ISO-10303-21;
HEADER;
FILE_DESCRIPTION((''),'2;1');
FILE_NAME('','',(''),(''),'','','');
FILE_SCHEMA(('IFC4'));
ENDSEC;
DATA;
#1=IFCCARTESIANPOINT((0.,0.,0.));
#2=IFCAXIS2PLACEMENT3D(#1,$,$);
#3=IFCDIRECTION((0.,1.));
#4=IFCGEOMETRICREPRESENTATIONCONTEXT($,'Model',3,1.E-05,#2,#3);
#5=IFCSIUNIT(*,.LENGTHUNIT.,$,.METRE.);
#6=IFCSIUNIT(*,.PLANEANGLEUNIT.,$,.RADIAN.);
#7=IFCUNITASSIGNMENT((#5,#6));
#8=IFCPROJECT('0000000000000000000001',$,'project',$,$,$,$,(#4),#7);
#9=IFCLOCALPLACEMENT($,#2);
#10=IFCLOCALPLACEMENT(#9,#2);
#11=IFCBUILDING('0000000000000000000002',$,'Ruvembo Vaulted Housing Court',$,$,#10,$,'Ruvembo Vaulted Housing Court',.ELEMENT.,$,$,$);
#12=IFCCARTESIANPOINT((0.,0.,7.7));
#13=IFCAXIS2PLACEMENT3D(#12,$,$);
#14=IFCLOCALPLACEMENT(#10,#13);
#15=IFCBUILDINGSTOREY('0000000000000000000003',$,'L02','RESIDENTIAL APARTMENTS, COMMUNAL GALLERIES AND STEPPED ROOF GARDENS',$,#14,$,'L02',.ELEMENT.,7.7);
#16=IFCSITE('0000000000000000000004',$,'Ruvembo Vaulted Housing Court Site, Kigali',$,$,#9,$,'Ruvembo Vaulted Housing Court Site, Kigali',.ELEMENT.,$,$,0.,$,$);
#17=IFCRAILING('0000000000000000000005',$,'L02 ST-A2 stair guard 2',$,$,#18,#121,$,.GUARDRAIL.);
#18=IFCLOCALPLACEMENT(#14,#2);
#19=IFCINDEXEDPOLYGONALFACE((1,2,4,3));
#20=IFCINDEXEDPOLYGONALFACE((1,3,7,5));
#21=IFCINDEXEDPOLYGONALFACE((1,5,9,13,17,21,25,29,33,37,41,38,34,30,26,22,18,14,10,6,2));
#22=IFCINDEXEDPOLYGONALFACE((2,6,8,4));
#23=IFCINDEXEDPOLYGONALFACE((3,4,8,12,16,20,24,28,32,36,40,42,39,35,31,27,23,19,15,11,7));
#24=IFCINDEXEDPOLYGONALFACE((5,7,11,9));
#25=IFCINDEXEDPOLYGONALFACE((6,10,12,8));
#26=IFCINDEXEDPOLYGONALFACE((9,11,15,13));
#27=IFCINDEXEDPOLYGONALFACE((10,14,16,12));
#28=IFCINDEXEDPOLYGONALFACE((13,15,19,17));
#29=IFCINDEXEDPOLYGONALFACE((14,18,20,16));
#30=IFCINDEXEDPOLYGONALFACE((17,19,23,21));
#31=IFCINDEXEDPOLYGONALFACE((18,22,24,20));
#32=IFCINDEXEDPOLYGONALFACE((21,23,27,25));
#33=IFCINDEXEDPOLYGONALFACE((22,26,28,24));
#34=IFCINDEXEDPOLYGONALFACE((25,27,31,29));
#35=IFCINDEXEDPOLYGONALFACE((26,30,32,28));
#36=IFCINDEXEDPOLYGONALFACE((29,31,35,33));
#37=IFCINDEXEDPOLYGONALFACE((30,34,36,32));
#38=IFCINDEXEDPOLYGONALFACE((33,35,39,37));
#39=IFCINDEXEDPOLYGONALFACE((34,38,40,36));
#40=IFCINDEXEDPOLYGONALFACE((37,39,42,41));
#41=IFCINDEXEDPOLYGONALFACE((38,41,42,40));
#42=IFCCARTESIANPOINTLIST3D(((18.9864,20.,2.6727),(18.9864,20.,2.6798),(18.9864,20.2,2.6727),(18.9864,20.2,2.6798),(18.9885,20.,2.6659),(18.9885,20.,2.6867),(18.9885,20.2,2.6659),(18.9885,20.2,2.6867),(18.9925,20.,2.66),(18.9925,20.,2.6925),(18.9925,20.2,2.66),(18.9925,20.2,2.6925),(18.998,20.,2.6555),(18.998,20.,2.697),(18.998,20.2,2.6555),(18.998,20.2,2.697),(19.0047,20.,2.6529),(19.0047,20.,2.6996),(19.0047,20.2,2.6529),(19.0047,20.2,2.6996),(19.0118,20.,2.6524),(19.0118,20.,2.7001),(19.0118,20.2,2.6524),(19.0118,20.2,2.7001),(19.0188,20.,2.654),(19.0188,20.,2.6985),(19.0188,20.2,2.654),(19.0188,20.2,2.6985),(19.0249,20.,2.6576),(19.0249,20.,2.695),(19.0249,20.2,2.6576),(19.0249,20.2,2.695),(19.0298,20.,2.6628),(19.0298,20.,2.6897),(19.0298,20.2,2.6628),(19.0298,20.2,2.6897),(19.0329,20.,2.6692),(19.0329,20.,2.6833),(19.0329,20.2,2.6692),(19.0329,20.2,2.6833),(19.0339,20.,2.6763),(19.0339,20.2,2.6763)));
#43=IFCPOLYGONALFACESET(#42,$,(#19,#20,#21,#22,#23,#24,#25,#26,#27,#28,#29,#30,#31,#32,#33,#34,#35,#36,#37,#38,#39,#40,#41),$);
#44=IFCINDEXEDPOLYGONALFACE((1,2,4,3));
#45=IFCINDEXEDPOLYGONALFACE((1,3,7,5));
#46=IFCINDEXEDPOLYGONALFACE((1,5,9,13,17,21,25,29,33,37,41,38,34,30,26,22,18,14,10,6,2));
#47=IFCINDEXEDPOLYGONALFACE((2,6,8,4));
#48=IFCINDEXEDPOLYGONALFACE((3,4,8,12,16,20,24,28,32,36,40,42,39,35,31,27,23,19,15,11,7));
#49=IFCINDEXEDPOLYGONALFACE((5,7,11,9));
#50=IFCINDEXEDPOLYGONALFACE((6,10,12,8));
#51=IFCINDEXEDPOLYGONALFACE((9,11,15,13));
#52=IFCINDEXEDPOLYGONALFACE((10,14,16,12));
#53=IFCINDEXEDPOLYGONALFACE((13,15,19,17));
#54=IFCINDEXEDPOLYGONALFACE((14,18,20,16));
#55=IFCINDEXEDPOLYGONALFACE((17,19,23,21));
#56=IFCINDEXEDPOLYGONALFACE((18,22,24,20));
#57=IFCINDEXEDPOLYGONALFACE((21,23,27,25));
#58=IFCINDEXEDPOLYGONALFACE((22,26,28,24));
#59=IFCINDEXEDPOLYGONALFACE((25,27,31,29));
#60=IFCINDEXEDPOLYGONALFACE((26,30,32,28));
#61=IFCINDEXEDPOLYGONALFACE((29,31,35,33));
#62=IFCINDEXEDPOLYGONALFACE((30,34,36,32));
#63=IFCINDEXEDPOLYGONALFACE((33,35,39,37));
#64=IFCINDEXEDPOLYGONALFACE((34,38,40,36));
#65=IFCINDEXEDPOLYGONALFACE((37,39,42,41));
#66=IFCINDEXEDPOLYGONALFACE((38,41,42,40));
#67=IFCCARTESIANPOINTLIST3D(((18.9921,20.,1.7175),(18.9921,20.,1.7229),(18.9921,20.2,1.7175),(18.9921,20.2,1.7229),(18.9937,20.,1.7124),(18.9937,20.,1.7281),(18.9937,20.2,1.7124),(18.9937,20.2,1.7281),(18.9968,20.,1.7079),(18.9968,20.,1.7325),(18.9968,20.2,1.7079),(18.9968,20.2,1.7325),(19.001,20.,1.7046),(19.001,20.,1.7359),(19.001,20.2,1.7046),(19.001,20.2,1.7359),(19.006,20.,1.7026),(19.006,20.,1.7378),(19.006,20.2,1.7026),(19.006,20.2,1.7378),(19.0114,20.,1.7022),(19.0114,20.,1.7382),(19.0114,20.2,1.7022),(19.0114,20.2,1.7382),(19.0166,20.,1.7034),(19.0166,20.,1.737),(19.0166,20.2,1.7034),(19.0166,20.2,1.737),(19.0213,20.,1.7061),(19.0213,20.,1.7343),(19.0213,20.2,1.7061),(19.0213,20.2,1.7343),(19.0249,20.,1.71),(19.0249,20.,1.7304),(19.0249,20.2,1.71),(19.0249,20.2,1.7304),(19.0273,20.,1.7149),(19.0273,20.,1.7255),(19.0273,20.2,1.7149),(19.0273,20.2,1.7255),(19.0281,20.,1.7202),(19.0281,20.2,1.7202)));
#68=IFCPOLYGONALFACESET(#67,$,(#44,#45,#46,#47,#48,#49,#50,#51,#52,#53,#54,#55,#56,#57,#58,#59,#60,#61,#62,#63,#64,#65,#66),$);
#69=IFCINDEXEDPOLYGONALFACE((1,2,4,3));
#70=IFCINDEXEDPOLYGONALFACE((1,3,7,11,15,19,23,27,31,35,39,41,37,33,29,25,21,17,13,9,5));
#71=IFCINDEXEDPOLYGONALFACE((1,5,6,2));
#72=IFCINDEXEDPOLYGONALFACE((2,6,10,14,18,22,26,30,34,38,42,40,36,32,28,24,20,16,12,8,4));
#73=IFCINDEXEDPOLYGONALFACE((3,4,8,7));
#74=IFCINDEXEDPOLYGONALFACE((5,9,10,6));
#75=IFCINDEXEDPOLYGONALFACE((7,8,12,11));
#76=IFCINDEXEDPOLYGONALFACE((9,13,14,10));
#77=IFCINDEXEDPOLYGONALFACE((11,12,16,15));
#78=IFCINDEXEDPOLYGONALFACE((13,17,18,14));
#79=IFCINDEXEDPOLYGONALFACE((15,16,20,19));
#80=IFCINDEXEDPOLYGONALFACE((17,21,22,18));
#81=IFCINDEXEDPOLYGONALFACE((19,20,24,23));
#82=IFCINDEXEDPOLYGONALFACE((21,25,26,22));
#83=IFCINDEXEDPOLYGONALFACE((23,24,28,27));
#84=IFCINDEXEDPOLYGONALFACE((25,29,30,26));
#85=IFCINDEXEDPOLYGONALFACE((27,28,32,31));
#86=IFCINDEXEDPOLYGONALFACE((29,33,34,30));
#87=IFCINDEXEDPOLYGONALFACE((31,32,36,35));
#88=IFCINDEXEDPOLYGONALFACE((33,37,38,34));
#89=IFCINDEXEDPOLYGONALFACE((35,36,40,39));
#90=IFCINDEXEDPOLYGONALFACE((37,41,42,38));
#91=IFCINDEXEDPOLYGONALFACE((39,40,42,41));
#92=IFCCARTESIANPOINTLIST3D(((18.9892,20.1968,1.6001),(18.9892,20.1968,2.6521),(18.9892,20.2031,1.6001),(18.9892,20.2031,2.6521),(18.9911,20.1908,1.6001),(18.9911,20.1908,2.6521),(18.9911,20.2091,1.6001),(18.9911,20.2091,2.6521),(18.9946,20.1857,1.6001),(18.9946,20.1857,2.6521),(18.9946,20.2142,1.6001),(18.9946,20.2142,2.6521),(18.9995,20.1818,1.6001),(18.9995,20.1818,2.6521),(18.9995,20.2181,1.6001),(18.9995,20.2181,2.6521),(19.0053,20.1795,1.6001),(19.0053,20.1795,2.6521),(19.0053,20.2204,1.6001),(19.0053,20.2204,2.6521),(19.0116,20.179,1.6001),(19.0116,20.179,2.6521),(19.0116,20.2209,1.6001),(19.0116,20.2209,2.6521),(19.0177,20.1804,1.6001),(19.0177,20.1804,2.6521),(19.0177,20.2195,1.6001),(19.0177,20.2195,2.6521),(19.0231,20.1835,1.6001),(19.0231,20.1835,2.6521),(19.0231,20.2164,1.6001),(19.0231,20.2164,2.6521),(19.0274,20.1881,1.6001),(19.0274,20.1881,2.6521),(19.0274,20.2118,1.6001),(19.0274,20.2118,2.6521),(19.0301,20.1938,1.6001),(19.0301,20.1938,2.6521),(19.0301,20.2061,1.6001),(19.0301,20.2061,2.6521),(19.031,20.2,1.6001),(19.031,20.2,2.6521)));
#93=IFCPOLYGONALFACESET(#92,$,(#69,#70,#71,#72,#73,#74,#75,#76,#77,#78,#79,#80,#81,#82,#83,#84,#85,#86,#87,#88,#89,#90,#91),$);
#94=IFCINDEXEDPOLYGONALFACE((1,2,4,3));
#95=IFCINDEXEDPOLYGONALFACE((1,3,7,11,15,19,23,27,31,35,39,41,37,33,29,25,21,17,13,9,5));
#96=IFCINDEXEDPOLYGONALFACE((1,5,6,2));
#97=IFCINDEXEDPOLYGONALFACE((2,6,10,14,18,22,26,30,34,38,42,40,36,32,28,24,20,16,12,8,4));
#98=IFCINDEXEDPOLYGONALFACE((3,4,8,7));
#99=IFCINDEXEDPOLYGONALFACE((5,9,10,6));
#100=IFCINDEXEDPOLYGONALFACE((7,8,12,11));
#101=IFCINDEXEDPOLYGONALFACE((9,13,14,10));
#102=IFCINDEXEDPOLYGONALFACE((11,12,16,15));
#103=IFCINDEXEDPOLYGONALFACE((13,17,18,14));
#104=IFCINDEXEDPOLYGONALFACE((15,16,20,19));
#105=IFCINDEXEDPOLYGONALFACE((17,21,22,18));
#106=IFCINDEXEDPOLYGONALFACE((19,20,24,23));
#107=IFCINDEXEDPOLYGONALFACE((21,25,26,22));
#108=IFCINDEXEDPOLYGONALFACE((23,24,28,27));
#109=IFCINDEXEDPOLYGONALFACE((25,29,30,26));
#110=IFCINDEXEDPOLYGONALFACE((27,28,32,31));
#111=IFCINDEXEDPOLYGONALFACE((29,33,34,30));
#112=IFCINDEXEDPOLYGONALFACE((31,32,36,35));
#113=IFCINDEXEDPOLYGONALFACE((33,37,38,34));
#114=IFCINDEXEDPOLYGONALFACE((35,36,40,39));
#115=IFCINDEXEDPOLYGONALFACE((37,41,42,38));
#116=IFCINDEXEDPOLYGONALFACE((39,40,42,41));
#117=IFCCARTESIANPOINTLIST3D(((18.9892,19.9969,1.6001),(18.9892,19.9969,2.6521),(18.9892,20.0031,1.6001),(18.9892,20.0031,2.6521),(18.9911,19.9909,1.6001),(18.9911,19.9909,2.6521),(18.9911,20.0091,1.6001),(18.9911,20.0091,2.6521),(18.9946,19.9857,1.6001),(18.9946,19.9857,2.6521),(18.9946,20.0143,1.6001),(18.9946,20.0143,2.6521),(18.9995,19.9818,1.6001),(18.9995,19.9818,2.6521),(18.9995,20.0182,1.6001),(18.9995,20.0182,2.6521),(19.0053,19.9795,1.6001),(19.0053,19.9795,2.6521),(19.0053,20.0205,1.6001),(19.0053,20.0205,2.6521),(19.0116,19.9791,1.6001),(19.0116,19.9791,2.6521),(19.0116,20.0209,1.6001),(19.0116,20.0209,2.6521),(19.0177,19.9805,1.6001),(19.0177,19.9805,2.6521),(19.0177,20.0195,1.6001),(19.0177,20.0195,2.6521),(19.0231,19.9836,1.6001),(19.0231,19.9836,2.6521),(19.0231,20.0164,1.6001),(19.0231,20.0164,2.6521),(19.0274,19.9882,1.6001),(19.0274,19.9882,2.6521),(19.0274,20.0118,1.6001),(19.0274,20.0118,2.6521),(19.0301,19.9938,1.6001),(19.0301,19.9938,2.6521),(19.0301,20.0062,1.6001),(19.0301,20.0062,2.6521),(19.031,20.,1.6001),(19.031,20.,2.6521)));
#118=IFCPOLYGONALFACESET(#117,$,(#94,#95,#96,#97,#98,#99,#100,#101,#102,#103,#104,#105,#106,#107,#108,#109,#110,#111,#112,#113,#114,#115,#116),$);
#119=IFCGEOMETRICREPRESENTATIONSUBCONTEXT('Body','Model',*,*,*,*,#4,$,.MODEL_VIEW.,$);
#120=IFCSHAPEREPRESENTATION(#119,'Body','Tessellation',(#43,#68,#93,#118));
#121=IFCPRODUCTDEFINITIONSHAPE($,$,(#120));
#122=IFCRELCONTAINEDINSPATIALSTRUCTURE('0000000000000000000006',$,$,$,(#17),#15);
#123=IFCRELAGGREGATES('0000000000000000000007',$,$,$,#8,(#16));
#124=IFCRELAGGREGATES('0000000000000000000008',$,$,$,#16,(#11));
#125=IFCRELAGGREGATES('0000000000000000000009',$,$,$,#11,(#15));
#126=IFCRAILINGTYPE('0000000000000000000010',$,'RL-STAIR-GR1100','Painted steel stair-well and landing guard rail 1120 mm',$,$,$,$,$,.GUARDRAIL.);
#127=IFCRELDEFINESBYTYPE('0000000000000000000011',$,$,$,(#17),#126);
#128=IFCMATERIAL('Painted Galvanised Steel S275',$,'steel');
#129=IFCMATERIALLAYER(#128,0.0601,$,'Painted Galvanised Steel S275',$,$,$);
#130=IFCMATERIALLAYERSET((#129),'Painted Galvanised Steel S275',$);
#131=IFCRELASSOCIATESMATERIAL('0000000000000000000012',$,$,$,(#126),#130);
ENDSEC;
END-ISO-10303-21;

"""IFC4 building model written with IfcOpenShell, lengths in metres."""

from ifc_helpers import new_model, si_unit, direction, frame, origin, origin_2d, place, context, subcontext, project, spatial, circle, extrude, material, layer, layer_set, type_object, element, save


model = new_model("IFC4")

# Units and contexts
model_context = context("Model", 3, precision=1e-05, world=origin(), true_north=direction((0.0, 1.0)))
body_context = subcontext(model_context, "Body", "Model", "MODEL_VIEW")
ifc_project = project(units=[si_unit("LENGTHUNIT", "METRE"), si_unit("PLANEANGLEUNIT", "RADIAN")], contexts=[model_context])

# Site, building, storey
site_placement = place(None, origin())
site = spatial("IfcSite", under=ifc_project, at=site_placement, Name="Ruvembo Vaulted Housing Court Site, Kigali", LongName="Ruvembo Vaulted Housing Court Site, Kigali", CompositionType="ELEMENT", RefElevation=0.0)
building_placement = place(site_placement, origin())
building = spatial("IfcBuilding", under=site, at=building_placement, Name="Ruvembo Vaulted Housing Court", LongName="Ruvembo Vaulted Housing Court", CompositionType="ELEMENT")
storey_placement = place(building_placement, frame((0.0, 0.0, 7.7)))
storey = spatial("IfcBuildingStorey", under=building, at=storey_placement, Name="L02", Description="RESIDENTIAL APARTMENTS, COMMUNAL GALLERIES AND STEPPED ROOF GARDENS", LongName="L02", CompositionType="ELEMENT", Elevation=7.7)

# Railing
ifc_material_1 = material(Name="Painted Galvanised Steel S275", Category="steel")
ifc_layer_1 = layer(ifc_material_1, 0.0601, Name="Painted Galvanised Steel S275")
ifc_layer_set_1 = layer_set([ifc_layer_1], Name="Painted Galvanised Steel S275")
railing_type_1 = type_object("IfcRailingType", Name="RL-STAIR-GR1100", Description="Painted steel stair-well and landing guard rail 1120 mm", PredefinedType="GUARDRAIL", material=ifc_layer_set_1)
railing_1_placement = place(storey_placement, frame((19.01, 20.2, 1.6001)))
element("IfcRailing", 1, at=railing_1_placement, inside=storey, type_object=railing_type_1, Name="L02 ST-A2 stair guard 2", PredefinedType="GUARDRAIL", context=body_context, shape_type="SweptSolid", body=[
    extrude(circle(Radius=0.0239, at=origin_2d()), frame((0.0, 0.0, 1.0762), z_axis=(0.0, -1.0, 0.0), x_axis=(1.0, 0.0, 0.0)), (0.0, 0.0, 1.0), 0.2),
    extrude(circle(Radius=0.0181, at=origin_2d()), frame((0.0, 0.0, 0.1201), z_axis=(0.0, -1.0, 0.0), x_axis=(1.0, 0.0, 0.0)), (0.0, 0.0, 1.0), 0.2),
    extrude(circle(Radius=0.021, at=origin_2d()), origin(), (0.0, 0.0, 1.0), 1.052),
    extrude(circle(Radius=0.021, at=origin_2d()), frame((0.0, -0.2, 0.0)), (0.0, 0.0, 1.0), 1.052),
])

save(model, "model.ifc")
